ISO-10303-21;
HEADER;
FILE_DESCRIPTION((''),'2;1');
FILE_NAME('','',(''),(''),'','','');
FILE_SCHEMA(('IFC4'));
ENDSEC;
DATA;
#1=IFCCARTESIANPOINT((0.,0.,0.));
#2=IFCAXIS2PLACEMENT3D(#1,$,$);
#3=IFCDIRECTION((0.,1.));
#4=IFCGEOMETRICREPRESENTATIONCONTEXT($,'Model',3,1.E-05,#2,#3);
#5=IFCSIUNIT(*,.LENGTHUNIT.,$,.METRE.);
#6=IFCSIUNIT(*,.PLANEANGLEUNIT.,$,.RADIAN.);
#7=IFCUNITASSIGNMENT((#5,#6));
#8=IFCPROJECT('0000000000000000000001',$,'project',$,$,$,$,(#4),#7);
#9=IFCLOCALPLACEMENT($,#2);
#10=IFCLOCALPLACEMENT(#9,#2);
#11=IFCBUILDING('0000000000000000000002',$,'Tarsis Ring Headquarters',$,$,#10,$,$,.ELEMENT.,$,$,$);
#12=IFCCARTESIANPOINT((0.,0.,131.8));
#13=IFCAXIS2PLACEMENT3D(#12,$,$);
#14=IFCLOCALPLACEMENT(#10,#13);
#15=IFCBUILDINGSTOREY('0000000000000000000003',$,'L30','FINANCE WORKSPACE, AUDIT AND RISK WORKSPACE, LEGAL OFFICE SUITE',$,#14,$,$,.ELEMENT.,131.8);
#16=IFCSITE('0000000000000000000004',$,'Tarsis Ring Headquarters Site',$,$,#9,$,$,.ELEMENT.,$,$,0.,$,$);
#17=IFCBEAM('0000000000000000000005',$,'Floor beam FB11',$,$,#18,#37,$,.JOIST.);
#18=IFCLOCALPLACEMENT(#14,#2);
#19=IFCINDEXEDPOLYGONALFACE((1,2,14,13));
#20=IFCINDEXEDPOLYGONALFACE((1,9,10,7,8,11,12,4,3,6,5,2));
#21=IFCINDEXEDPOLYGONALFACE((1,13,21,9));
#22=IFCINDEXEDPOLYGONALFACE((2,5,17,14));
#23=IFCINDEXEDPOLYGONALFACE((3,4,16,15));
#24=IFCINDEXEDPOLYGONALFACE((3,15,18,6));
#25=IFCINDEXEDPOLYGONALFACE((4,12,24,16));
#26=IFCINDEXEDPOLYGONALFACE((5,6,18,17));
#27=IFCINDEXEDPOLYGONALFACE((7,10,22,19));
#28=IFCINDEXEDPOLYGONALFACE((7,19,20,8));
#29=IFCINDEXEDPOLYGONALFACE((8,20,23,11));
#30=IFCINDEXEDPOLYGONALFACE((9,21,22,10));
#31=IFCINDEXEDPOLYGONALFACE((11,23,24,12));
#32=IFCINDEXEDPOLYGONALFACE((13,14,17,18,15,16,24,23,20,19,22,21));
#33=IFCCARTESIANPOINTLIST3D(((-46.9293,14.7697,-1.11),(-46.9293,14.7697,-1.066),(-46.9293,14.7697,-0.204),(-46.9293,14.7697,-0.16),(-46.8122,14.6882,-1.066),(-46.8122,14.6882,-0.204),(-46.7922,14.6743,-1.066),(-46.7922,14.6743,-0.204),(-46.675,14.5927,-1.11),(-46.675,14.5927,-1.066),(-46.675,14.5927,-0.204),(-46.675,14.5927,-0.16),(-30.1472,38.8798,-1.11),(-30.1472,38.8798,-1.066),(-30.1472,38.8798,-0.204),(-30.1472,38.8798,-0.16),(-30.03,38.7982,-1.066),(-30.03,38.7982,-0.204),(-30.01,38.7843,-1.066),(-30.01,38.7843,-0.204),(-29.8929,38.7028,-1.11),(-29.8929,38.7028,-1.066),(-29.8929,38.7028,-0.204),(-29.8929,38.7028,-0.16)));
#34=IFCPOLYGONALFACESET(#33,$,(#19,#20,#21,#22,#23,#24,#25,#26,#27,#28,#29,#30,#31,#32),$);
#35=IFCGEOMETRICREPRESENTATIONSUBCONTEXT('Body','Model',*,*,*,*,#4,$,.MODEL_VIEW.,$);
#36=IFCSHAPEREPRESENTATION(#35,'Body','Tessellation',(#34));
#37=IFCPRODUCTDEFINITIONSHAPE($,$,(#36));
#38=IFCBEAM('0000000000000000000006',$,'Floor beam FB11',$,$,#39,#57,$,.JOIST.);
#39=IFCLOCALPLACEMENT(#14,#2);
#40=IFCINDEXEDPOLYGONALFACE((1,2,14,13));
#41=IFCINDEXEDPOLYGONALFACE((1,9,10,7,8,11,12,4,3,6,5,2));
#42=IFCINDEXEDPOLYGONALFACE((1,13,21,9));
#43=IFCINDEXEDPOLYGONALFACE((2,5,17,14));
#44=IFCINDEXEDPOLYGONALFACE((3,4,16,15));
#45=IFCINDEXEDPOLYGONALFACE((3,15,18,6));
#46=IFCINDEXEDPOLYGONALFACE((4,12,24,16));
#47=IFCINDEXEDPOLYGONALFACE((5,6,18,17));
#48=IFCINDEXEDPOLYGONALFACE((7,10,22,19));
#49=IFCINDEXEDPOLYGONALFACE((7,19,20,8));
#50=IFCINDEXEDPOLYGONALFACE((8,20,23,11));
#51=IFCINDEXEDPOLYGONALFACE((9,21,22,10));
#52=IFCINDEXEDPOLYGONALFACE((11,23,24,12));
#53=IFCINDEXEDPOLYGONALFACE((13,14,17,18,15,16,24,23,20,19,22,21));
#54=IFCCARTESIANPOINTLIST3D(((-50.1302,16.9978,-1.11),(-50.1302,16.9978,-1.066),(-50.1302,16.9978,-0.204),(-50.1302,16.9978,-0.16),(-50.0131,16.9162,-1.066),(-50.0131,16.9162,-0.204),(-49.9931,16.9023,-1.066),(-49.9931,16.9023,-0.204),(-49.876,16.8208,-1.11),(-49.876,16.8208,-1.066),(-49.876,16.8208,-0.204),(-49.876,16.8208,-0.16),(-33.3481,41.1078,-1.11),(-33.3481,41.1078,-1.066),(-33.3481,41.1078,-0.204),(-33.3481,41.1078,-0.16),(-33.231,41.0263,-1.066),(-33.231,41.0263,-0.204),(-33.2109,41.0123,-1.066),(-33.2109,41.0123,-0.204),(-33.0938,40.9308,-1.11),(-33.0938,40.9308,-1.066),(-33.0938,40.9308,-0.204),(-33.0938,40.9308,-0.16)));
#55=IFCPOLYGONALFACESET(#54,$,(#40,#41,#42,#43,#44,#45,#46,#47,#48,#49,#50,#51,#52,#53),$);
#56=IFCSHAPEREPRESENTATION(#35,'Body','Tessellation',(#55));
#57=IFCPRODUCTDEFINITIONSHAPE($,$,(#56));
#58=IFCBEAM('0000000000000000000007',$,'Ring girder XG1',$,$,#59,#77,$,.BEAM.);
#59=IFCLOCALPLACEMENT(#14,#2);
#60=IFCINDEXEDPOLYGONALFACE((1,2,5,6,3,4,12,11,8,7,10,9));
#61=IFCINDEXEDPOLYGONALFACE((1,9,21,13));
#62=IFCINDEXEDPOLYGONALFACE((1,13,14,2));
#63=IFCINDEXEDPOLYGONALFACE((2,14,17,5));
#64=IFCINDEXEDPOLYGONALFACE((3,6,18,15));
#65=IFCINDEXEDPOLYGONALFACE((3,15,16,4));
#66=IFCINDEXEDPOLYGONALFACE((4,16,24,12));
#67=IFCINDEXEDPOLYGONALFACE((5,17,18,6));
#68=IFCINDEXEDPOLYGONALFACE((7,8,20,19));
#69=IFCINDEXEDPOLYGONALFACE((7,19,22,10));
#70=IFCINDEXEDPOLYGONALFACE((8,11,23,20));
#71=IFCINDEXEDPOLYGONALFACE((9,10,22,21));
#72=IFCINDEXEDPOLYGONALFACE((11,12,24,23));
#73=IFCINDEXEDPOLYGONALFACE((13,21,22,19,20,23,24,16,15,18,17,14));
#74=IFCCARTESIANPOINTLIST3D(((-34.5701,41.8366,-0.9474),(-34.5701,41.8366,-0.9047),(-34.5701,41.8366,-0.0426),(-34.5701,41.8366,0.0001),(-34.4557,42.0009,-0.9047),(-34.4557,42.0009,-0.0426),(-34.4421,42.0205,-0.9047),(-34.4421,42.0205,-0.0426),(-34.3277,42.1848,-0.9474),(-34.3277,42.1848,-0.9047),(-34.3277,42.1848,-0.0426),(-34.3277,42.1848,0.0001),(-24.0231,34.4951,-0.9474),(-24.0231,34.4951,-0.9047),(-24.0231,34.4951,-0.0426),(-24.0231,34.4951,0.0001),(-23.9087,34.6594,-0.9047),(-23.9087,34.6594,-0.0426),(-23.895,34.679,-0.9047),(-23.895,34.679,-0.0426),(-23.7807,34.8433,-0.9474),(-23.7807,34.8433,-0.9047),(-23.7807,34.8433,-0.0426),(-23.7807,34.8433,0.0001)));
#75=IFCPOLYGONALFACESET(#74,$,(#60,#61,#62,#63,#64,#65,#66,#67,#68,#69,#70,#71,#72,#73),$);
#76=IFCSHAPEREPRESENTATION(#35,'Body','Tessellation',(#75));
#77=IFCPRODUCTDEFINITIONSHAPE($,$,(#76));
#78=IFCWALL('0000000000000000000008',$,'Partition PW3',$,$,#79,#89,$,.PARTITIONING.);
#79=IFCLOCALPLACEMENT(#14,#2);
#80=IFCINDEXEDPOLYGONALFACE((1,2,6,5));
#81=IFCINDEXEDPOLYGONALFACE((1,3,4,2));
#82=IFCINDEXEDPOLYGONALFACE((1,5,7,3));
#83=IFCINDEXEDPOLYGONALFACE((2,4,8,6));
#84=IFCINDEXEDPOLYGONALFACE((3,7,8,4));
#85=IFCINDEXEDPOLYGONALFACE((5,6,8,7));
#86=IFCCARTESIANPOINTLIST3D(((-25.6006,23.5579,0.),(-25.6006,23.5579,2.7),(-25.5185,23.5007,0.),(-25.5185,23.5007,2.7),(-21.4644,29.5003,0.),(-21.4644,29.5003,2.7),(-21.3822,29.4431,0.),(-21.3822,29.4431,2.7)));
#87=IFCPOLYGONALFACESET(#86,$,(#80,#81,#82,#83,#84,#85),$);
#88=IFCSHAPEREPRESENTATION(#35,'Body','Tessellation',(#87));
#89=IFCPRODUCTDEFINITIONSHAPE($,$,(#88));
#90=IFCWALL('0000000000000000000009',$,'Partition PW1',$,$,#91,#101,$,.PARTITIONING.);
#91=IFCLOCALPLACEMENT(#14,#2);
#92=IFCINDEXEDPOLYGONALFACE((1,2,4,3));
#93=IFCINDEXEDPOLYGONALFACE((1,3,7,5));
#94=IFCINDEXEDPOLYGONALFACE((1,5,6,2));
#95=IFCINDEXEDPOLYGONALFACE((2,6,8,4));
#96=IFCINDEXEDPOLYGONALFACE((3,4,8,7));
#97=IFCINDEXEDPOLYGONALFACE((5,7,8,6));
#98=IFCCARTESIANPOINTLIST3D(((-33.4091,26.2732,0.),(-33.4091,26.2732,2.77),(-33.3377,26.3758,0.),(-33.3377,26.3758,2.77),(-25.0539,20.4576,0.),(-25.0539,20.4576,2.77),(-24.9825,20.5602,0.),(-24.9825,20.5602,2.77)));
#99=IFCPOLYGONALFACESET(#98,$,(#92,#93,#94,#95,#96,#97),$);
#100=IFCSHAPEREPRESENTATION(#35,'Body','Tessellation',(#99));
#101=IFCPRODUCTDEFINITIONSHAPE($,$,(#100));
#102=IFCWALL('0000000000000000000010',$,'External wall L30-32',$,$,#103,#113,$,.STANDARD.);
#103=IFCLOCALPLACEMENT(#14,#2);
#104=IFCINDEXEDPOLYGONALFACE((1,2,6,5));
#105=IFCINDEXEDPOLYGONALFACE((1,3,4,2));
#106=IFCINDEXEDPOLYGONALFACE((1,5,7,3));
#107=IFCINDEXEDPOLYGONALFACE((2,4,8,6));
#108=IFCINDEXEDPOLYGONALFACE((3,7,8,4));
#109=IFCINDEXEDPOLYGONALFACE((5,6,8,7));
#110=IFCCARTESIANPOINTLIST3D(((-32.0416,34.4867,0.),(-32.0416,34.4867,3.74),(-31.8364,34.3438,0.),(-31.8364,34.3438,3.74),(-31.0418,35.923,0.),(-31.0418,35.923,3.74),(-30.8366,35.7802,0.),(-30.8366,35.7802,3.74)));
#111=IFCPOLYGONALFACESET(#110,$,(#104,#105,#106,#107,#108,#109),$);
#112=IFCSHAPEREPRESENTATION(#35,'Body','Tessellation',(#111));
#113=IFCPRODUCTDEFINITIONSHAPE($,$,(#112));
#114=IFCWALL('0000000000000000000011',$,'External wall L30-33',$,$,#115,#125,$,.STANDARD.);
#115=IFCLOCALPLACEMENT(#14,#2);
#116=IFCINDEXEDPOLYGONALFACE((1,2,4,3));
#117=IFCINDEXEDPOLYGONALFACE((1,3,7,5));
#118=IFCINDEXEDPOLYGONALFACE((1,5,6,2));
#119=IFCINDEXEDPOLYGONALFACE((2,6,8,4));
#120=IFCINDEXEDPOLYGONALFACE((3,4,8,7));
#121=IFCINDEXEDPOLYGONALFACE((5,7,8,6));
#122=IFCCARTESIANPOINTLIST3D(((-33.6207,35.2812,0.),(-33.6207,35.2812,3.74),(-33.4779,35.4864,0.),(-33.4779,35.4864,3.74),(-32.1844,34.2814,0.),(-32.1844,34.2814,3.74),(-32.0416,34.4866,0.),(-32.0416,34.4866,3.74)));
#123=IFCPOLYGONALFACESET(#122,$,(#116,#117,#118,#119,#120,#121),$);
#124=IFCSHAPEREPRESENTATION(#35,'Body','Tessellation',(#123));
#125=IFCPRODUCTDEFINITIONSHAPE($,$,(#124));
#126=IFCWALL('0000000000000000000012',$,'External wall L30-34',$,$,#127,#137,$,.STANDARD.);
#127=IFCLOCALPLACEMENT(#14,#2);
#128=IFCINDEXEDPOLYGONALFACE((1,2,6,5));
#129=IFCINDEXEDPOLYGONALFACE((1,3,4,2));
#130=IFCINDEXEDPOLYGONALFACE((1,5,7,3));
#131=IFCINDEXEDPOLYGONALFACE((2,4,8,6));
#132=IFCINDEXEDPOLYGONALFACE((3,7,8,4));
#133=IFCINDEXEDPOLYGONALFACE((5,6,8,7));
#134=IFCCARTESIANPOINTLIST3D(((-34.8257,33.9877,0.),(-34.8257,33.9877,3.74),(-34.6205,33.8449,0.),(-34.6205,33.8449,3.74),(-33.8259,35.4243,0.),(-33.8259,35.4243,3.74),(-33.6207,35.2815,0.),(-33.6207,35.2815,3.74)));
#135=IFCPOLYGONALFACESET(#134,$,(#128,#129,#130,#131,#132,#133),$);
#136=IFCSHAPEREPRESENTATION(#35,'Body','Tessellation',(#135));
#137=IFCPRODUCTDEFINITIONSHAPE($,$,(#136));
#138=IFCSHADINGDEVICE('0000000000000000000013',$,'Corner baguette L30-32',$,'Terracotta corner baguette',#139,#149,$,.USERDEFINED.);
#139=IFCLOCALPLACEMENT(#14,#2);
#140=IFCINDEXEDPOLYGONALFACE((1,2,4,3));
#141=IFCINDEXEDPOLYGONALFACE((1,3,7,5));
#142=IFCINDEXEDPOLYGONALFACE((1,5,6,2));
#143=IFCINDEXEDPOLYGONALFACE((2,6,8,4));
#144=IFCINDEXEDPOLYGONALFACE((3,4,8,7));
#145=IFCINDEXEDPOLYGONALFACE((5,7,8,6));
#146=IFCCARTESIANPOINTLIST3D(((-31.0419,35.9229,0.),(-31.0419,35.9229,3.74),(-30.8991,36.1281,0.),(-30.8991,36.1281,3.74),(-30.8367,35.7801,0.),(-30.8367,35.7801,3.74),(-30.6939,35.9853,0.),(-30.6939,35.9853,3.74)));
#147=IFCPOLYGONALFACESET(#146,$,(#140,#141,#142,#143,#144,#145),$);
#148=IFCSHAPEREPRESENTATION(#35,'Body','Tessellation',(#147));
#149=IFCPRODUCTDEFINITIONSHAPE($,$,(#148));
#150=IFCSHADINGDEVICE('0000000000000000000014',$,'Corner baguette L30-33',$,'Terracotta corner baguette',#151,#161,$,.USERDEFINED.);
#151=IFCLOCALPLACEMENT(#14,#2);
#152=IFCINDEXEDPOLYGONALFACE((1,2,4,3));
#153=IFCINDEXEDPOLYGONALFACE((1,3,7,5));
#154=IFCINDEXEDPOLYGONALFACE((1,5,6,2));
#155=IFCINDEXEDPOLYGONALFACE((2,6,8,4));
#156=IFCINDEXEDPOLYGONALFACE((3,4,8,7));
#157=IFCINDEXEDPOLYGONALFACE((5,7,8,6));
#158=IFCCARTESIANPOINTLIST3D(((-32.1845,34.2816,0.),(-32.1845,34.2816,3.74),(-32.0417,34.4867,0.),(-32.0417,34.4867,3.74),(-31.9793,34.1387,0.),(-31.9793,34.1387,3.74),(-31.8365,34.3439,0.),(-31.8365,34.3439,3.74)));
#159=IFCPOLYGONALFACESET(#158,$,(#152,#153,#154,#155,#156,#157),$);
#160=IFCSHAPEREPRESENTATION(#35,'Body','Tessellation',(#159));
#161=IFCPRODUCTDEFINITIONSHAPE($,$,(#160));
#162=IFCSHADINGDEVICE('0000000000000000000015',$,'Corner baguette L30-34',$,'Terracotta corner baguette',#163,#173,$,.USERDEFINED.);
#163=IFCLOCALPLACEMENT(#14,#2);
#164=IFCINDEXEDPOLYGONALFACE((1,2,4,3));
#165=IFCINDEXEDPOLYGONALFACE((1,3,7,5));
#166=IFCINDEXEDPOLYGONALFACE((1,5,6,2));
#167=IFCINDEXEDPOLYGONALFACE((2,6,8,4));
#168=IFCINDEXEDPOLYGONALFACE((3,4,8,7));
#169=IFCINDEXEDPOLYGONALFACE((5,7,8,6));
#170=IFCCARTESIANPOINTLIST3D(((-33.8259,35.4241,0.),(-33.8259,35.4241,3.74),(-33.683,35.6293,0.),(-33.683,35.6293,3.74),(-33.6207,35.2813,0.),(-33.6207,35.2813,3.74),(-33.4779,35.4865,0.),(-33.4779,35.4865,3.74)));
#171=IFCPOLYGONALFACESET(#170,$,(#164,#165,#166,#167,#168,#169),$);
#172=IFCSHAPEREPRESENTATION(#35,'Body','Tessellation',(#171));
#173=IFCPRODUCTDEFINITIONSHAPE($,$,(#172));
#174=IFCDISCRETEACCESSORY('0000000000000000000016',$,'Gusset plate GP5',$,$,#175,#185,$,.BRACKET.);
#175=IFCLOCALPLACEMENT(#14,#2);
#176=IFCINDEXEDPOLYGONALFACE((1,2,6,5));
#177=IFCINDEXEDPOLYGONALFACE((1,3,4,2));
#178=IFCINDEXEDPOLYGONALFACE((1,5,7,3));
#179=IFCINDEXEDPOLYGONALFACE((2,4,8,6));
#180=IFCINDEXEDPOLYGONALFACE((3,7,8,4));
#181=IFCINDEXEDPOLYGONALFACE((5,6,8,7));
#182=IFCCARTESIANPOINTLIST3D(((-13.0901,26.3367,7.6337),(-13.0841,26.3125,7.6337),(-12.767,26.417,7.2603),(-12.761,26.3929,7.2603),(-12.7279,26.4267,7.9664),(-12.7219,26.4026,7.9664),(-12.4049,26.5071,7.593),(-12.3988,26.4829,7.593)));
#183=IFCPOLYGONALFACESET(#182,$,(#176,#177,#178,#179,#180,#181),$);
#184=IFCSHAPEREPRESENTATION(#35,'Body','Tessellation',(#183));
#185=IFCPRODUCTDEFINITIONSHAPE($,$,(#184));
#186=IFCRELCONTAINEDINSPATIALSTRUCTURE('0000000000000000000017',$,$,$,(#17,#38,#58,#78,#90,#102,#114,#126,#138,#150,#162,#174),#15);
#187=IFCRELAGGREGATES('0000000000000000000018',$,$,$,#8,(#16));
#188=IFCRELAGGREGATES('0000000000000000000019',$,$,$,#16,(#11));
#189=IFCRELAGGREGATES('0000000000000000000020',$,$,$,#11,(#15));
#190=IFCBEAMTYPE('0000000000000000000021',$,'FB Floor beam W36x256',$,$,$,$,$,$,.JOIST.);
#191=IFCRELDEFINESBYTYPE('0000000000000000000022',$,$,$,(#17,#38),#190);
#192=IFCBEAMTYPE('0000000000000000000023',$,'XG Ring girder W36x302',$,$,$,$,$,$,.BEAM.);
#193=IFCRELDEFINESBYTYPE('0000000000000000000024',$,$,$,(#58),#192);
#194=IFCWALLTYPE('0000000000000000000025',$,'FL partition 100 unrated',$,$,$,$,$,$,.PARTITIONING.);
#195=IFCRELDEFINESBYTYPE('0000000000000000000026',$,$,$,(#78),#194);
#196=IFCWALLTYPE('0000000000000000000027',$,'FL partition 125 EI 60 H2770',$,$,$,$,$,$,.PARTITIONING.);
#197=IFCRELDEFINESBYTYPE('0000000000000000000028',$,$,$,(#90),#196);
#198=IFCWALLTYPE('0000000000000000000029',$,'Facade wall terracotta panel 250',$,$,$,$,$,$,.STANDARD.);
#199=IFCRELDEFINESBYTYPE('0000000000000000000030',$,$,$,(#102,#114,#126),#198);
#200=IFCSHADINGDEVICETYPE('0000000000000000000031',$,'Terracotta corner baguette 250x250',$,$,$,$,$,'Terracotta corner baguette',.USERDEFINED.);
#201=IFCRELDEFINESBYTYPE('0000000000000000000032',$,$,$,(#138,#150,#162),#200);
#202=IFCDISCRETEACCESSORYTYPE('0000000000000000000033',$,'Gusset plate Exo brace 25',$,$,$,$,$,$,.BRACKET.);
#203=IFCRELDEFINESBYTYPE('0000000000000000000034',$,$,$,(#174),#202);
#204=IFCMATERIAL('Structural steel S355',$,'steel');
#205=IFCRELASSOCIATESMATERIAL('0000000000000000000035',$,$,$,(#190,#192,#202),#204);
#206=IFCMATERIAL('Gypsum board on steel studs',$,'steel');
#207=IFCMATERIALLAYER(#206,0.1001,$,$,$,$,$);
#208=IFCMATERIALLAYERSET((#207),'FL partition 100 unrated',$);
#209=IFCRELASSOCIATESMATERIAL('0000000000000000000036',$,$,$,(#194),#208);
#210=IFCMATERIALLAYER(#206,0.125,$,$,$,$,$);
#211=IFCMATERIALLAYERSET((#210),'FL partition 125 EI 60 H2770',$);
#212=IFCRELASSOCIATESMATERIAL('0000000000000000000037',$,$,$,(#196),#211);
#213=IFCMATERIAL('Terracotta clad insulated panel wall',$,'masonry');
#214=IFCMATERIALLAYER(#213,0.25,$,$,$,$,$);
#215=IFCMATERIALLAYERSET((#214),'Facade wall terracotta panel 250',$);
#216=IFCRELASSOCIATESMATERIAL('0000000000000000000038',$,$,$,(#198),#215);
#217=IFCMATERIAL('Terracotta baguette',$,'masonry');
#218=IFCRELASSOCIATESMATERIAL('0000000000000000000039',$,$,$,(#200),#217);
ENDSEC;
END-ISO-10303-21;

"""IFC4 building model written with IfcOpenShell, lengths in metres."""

from ifc_helpers import new_model, si_unit, direction, frame, frame_2d, origin, origin_2d, place, context, subcontext, project, spatial, rectangle, i_section, extrude, material, layer, layer_set, material_profile, profile_set, type_object, element, save


model = new_model("IFC4")

# Units and contexts
model_context = context("Model", 3, precision=1e-05, world=origin(), true_north=direction((0.0, 1.0)))
body_context = subcontext(model_context, "Body", "Model", "MODEL_VIEW")
ifc_project = project(units=[si_unit("LENGTHUNIT", "METRE"), si_unit("PLANEANGLEUNIT", "RADIAN")], contexts=[model_context])

# Site, building, storey
site_placement = place(None, origin())
site = spatial("IfcSite", under=ifc_project, at=site_placement, Name="Tarsis Ring Headquarters Site", CompositionType="ELEMENT", RefElevation=0.0)
building_placement = place(site_placement, origin())
building = spatial("IfcBuilding", under=site, at=building_placement, Name="Tarsis Ring Headquarters", CompositionType="ELEMENT")
storey_placement = place(building_placement, frame((0.0, 0.0, 131.8)))
storey = spatial("IfcBuildingStorey", under=building, at=storey_placement, Name="L30", Description="FINANCE WORKSPACE, AUDIT AND RISK WORKSPACE, LEGAL OFFICE SUITE", CompositionType="ELEMENT", Elevation=131.8)

# Shared definitions
ifc_material_1 = material(Name="Structural steel S355", Category="steel")

# Beams
ifc_material_profile_1 = material_profile(ifc_material_1, i_section(OverallWidth=0.3098, OverallDepth=0.95, WebThickness=0.0244, FlangeThickness=0.0439, at=origin_2d()), Name="W36x256")
ifc_profile_set_1 = profile_set([ifc_material_profile_1], Name="Structural steel S355")
beam_type_1 = type_object("IfcBeamType", Name="FB Floor beam W36x256", PredefinedType="JOIST", material=ifc_profile_set_1)
for number, where, z_axis, x_axis, name in (
    (1, (-30.02, 38.7913, -0.635), (-0.571293, -0.820746, 0.0), (0.820746, -0.571293, 0.0), "Floor beam FB11"),
    (2, (-33.2209, 41.0193, -0.635), (-0.571293, -0.820746, 0.0), (0.820746, -0.571293, 0.0), "Floor beam FB11"),
):
    element("IfcBeam", number, at=place(storey_placement, frame(where, z_axis=z_axis, x_axis=x_axis)), inside=storey, type_object=beam_type_1, Name=name, PredefinedType="JOIST", context=body_context, shape_type="SweptSolid", body=[
        extrude(i_section(OverallWidth=0.3098, OverallDepth=0.95, WebThickness=0.0244, FlangeThickness=0.0439, at=origin_2d()), origin(), (0.0, 0.0, 1.0), 29.3757),
    ])
ifc_material_profile_2 = material_profile(ifc_material_1, i_section(OverallWidth=0.4243, OverallDepth=0.9475, WebThickness=0.0239, FlangeThickness=0.0427, at=origin_2d()), Name="W36x302")
ifc_profile_set_2 = profile_set([ifc_material_profile_2], Name="Structural steel S355")
beam_type_2 = type_object("IfcBeamType", Name="XG Ring girder W36x302", PredefinedType="BEAM", material=ifc_profile_set_2)
beam_placement = place(storey_placement, frame((-23.9019, 34.6692, -0.4736), z_axis=(-0.820744, 0.571297, 0.0), x_axis=(-0.571297, -0.820744, 0.0)))
element("IfcBeam", 3, at=beam_placement, inside=storey, type_object=beam_type_2, Name="Ring girder XG1", PredefinedType="BEAM", context=body_context, shape_type="SweptSolid", body=[
    extrude(i_section(OverallWidth=0.4243, OverallDepth=0.9475, WebThickness=0.0239, FlangeThickness=0.0427, at=origin_2d()), origin(), (0.0, 0.0, 1.0), 12.8506),
])

# Walls
ifc_material_2 = material(Name="Gypsum board on steel studs", Category="steel")
ifc_layer_1 = layer(ifc_material_2, 0.1001)
ifc_layer_set_1 = layer_set([ifc_layer_1], Name="FL partition 100 unrated")
wall_type_1 = type_object("IfcWallType", Name="FL partition 100 unrated", PredefinedType="PARTITIONING", material=ifc_layer_set_1)
wall_1_placement = place(storey_placement, frame((-25.5596, 23.5293, 0.0), z_axis=(0.0, 0.0, 1.0), x_axis=(0.571288, 0.82075, 0.0)))
element("IfcWall", 4, at=wall_1_placement, inside=storey, type_object=wall_type_1, Name="Partition PW3", PredefinedType="PARTITIONING", context=body_context, shape_type="SweptSolid", body=[
    extrude(rectangle(XDim=7.2402, YDim=0.1001, at=frame_2d((3.6201, 0.0))), origin(), (0.0, 0.0, 1.0), 2.7),
])
ifc_layer_2 = layer(ifc_material_2, 0.125)
ifc_layer_set_2 = layer_set([ifc_layer_2], Name="FL partition 125 EI 60 H2770")
wall_type_2 = type_object("IfcWallType", Name="FL partition 125 EI 60 H2770", PredefinedType="PARTITIONING", material=ifc_layer_set_2)
wall_2_placement = place(storey_placement, frame((-33.3733, 26.3245, 0.0), z_axis=(0.0, 0.0, 1.0), x_axis=(0.820751, -0.571286, 0.0)))
element("IfcWall", 5, at=wall_2_placement, inside=storey, type_object=wall_type_2, Name="Partition PW1", PredefinedType="PARTITIONING", context=body_context, shape_type="SweptSolid", body=[
    extrude(rectangle(XDim=10.1799, YDim=0.125, at=frame_2d((5.0898, 0.0))), origin(), (0.0, 0.0, 1.0), 2.77),
])
ifc_material_3 = material(Name="Terracotta clad insulated panel wall", Category="masonry")
ifc_layer_3 = layer(ifc_material_3, 0.25)
ifc_layer_set_3 = layer_set([ifc_layer_3], Name="Facade wall terracotta panel 250")
wall_type_3 = type_object("IfcWallType", Name="Facade wall terracotta panel 250", PredefinedType="STANDARD", material=ifc_layer_set_3)
for number, where, z_axis, x_axis, name in (
    (6, (-30.9392, 35.8516, 0.0), (0.0, 0.0, 1.0), (-0.571297, -0.820743, 0.0), "External wall L30-32"),
    (7, (-32.113, 34.384, 0.0), (0.0, 0.0, 1.0), (-0.820743, 0.571297, 0.0), "External wall L30-33"),
):
    element("IfcWall", number, at=place(storey_placement, frame(where, z_axis=z_axis, x_axis=x_axis)), inside=storey, type_object=wall_type_3, Name=name, PredefinedType="STANDARD", context=body_context, shape_type="SweptSolid", body=[
        extrude(rectangle(XDim=1.75, YDim=0.25, at=frame_2d((0.875, 0.0))), origin(), (0.0, 0.0, 1.0), 3.74),
    ])
wall_3_placement = place(storey_placement, frame((-33.7234, 35.3528, 0.0), z_axis=(0.0, 0.0, 1.0), x_axis=(-0.571232, -0.820789, 0.0)))
element("IfcWall", 8, at=wall_3_placement, inside=storey, type_object=wall_type_3, Name="External wall L30-34", PredefinedType="STANDARD", context=body_context, shape_type="SweptSolid", body=[
    extrude(rectangle(XDim=1.7502, YDim=0.25, at=frame_2d((0.875, 0.0))), origin(), (0.0, 0.0, 1.0), 3.74),
])

# Shading devices
ifc_material_4 = material(Name="Terracotta baguette", Category="masonry")
shading_device_type_1 = type_object("IfcShadingDeviceType", Name="Terracotta corner baguette 250x250", ElementType="Terracotta corner baguette", PredefinedType="USERDEFINED", material=ifc_material_4)
for number, where, z_axis, x_axis, name in (
    (9, (-30.8679, 35.9541, 0.0), (0.0, 0.0, 1.0), (-0.820751, 0.571287, 0.0), "Corner baguette L30-32"),
    (10, (-32.0105, 34.3127, 0.0), (0.0, 0.0, 1.0), (-0.571287, -0.820751, 0.0), "Corner baguette L30-33"),
    (11, (-33.6519, 35.4553, 0.0), (0.0, 0.0, 1.0), (-0.820751, 0.571287, 0.0), "Corner baguette L30-34"),
):
    element("IfcShadingDevice", number, at=place(storey_placement, frame(where, z_axis=z_axis, x_axis=x_axis)), inside=storey, type_object=shading_device_type_1, Name=name, ObjectType="Terracotta corner baguette", PredefinedType="USERDEFINED", context=body_context, shape_type="SweptSolid", body=[
        extrude(rectangle(XDim=0.25, YDim=0.25, at=origin_2d()), origin(), (0.0, 0.0, 1.0), 3.74),
    ])

# Discrete accessory
ifc_material_profile_3 = material_profile(ifc_material_1, rectangle(XDim=0.0249, YDim=0.5, at=origin_2d()), Name="PL 25x500")
ifc_profile_set_3 = profile_set([ifc_material_profile_3], Name="Structural steel S355")
discrete_accessory_type = type_object("IfcDiscreteAccessoryType", Name="Gusset plate Exo brace 25", PredefinedType="BRACKET", material=ifc_profile_set_3)
discrete_accessory_placement = place(storey_placement, frame((-12.906, 26.3696, 7.8), z_axis=(0.645834, 0.160604, -0.746395), x_axis=(-0.241327, 0.970444, 0.0)))
element("IfcDiscreteAccessory", 12, at=discrete_accessory_placement, inside=storey, type_object=discrete_accessory_type, Name="Gusset plate GP5", PredefinedType="BRACKET", context=body_context, shape_type="SweptSolid", body=[
    extrude(rectangle(XDim=0.0249, YDim=0.5, at=origin_2d()), origin(), (0.0, 0.0, 1.0), 0.5002),
])

save(model, "model.ifc")
